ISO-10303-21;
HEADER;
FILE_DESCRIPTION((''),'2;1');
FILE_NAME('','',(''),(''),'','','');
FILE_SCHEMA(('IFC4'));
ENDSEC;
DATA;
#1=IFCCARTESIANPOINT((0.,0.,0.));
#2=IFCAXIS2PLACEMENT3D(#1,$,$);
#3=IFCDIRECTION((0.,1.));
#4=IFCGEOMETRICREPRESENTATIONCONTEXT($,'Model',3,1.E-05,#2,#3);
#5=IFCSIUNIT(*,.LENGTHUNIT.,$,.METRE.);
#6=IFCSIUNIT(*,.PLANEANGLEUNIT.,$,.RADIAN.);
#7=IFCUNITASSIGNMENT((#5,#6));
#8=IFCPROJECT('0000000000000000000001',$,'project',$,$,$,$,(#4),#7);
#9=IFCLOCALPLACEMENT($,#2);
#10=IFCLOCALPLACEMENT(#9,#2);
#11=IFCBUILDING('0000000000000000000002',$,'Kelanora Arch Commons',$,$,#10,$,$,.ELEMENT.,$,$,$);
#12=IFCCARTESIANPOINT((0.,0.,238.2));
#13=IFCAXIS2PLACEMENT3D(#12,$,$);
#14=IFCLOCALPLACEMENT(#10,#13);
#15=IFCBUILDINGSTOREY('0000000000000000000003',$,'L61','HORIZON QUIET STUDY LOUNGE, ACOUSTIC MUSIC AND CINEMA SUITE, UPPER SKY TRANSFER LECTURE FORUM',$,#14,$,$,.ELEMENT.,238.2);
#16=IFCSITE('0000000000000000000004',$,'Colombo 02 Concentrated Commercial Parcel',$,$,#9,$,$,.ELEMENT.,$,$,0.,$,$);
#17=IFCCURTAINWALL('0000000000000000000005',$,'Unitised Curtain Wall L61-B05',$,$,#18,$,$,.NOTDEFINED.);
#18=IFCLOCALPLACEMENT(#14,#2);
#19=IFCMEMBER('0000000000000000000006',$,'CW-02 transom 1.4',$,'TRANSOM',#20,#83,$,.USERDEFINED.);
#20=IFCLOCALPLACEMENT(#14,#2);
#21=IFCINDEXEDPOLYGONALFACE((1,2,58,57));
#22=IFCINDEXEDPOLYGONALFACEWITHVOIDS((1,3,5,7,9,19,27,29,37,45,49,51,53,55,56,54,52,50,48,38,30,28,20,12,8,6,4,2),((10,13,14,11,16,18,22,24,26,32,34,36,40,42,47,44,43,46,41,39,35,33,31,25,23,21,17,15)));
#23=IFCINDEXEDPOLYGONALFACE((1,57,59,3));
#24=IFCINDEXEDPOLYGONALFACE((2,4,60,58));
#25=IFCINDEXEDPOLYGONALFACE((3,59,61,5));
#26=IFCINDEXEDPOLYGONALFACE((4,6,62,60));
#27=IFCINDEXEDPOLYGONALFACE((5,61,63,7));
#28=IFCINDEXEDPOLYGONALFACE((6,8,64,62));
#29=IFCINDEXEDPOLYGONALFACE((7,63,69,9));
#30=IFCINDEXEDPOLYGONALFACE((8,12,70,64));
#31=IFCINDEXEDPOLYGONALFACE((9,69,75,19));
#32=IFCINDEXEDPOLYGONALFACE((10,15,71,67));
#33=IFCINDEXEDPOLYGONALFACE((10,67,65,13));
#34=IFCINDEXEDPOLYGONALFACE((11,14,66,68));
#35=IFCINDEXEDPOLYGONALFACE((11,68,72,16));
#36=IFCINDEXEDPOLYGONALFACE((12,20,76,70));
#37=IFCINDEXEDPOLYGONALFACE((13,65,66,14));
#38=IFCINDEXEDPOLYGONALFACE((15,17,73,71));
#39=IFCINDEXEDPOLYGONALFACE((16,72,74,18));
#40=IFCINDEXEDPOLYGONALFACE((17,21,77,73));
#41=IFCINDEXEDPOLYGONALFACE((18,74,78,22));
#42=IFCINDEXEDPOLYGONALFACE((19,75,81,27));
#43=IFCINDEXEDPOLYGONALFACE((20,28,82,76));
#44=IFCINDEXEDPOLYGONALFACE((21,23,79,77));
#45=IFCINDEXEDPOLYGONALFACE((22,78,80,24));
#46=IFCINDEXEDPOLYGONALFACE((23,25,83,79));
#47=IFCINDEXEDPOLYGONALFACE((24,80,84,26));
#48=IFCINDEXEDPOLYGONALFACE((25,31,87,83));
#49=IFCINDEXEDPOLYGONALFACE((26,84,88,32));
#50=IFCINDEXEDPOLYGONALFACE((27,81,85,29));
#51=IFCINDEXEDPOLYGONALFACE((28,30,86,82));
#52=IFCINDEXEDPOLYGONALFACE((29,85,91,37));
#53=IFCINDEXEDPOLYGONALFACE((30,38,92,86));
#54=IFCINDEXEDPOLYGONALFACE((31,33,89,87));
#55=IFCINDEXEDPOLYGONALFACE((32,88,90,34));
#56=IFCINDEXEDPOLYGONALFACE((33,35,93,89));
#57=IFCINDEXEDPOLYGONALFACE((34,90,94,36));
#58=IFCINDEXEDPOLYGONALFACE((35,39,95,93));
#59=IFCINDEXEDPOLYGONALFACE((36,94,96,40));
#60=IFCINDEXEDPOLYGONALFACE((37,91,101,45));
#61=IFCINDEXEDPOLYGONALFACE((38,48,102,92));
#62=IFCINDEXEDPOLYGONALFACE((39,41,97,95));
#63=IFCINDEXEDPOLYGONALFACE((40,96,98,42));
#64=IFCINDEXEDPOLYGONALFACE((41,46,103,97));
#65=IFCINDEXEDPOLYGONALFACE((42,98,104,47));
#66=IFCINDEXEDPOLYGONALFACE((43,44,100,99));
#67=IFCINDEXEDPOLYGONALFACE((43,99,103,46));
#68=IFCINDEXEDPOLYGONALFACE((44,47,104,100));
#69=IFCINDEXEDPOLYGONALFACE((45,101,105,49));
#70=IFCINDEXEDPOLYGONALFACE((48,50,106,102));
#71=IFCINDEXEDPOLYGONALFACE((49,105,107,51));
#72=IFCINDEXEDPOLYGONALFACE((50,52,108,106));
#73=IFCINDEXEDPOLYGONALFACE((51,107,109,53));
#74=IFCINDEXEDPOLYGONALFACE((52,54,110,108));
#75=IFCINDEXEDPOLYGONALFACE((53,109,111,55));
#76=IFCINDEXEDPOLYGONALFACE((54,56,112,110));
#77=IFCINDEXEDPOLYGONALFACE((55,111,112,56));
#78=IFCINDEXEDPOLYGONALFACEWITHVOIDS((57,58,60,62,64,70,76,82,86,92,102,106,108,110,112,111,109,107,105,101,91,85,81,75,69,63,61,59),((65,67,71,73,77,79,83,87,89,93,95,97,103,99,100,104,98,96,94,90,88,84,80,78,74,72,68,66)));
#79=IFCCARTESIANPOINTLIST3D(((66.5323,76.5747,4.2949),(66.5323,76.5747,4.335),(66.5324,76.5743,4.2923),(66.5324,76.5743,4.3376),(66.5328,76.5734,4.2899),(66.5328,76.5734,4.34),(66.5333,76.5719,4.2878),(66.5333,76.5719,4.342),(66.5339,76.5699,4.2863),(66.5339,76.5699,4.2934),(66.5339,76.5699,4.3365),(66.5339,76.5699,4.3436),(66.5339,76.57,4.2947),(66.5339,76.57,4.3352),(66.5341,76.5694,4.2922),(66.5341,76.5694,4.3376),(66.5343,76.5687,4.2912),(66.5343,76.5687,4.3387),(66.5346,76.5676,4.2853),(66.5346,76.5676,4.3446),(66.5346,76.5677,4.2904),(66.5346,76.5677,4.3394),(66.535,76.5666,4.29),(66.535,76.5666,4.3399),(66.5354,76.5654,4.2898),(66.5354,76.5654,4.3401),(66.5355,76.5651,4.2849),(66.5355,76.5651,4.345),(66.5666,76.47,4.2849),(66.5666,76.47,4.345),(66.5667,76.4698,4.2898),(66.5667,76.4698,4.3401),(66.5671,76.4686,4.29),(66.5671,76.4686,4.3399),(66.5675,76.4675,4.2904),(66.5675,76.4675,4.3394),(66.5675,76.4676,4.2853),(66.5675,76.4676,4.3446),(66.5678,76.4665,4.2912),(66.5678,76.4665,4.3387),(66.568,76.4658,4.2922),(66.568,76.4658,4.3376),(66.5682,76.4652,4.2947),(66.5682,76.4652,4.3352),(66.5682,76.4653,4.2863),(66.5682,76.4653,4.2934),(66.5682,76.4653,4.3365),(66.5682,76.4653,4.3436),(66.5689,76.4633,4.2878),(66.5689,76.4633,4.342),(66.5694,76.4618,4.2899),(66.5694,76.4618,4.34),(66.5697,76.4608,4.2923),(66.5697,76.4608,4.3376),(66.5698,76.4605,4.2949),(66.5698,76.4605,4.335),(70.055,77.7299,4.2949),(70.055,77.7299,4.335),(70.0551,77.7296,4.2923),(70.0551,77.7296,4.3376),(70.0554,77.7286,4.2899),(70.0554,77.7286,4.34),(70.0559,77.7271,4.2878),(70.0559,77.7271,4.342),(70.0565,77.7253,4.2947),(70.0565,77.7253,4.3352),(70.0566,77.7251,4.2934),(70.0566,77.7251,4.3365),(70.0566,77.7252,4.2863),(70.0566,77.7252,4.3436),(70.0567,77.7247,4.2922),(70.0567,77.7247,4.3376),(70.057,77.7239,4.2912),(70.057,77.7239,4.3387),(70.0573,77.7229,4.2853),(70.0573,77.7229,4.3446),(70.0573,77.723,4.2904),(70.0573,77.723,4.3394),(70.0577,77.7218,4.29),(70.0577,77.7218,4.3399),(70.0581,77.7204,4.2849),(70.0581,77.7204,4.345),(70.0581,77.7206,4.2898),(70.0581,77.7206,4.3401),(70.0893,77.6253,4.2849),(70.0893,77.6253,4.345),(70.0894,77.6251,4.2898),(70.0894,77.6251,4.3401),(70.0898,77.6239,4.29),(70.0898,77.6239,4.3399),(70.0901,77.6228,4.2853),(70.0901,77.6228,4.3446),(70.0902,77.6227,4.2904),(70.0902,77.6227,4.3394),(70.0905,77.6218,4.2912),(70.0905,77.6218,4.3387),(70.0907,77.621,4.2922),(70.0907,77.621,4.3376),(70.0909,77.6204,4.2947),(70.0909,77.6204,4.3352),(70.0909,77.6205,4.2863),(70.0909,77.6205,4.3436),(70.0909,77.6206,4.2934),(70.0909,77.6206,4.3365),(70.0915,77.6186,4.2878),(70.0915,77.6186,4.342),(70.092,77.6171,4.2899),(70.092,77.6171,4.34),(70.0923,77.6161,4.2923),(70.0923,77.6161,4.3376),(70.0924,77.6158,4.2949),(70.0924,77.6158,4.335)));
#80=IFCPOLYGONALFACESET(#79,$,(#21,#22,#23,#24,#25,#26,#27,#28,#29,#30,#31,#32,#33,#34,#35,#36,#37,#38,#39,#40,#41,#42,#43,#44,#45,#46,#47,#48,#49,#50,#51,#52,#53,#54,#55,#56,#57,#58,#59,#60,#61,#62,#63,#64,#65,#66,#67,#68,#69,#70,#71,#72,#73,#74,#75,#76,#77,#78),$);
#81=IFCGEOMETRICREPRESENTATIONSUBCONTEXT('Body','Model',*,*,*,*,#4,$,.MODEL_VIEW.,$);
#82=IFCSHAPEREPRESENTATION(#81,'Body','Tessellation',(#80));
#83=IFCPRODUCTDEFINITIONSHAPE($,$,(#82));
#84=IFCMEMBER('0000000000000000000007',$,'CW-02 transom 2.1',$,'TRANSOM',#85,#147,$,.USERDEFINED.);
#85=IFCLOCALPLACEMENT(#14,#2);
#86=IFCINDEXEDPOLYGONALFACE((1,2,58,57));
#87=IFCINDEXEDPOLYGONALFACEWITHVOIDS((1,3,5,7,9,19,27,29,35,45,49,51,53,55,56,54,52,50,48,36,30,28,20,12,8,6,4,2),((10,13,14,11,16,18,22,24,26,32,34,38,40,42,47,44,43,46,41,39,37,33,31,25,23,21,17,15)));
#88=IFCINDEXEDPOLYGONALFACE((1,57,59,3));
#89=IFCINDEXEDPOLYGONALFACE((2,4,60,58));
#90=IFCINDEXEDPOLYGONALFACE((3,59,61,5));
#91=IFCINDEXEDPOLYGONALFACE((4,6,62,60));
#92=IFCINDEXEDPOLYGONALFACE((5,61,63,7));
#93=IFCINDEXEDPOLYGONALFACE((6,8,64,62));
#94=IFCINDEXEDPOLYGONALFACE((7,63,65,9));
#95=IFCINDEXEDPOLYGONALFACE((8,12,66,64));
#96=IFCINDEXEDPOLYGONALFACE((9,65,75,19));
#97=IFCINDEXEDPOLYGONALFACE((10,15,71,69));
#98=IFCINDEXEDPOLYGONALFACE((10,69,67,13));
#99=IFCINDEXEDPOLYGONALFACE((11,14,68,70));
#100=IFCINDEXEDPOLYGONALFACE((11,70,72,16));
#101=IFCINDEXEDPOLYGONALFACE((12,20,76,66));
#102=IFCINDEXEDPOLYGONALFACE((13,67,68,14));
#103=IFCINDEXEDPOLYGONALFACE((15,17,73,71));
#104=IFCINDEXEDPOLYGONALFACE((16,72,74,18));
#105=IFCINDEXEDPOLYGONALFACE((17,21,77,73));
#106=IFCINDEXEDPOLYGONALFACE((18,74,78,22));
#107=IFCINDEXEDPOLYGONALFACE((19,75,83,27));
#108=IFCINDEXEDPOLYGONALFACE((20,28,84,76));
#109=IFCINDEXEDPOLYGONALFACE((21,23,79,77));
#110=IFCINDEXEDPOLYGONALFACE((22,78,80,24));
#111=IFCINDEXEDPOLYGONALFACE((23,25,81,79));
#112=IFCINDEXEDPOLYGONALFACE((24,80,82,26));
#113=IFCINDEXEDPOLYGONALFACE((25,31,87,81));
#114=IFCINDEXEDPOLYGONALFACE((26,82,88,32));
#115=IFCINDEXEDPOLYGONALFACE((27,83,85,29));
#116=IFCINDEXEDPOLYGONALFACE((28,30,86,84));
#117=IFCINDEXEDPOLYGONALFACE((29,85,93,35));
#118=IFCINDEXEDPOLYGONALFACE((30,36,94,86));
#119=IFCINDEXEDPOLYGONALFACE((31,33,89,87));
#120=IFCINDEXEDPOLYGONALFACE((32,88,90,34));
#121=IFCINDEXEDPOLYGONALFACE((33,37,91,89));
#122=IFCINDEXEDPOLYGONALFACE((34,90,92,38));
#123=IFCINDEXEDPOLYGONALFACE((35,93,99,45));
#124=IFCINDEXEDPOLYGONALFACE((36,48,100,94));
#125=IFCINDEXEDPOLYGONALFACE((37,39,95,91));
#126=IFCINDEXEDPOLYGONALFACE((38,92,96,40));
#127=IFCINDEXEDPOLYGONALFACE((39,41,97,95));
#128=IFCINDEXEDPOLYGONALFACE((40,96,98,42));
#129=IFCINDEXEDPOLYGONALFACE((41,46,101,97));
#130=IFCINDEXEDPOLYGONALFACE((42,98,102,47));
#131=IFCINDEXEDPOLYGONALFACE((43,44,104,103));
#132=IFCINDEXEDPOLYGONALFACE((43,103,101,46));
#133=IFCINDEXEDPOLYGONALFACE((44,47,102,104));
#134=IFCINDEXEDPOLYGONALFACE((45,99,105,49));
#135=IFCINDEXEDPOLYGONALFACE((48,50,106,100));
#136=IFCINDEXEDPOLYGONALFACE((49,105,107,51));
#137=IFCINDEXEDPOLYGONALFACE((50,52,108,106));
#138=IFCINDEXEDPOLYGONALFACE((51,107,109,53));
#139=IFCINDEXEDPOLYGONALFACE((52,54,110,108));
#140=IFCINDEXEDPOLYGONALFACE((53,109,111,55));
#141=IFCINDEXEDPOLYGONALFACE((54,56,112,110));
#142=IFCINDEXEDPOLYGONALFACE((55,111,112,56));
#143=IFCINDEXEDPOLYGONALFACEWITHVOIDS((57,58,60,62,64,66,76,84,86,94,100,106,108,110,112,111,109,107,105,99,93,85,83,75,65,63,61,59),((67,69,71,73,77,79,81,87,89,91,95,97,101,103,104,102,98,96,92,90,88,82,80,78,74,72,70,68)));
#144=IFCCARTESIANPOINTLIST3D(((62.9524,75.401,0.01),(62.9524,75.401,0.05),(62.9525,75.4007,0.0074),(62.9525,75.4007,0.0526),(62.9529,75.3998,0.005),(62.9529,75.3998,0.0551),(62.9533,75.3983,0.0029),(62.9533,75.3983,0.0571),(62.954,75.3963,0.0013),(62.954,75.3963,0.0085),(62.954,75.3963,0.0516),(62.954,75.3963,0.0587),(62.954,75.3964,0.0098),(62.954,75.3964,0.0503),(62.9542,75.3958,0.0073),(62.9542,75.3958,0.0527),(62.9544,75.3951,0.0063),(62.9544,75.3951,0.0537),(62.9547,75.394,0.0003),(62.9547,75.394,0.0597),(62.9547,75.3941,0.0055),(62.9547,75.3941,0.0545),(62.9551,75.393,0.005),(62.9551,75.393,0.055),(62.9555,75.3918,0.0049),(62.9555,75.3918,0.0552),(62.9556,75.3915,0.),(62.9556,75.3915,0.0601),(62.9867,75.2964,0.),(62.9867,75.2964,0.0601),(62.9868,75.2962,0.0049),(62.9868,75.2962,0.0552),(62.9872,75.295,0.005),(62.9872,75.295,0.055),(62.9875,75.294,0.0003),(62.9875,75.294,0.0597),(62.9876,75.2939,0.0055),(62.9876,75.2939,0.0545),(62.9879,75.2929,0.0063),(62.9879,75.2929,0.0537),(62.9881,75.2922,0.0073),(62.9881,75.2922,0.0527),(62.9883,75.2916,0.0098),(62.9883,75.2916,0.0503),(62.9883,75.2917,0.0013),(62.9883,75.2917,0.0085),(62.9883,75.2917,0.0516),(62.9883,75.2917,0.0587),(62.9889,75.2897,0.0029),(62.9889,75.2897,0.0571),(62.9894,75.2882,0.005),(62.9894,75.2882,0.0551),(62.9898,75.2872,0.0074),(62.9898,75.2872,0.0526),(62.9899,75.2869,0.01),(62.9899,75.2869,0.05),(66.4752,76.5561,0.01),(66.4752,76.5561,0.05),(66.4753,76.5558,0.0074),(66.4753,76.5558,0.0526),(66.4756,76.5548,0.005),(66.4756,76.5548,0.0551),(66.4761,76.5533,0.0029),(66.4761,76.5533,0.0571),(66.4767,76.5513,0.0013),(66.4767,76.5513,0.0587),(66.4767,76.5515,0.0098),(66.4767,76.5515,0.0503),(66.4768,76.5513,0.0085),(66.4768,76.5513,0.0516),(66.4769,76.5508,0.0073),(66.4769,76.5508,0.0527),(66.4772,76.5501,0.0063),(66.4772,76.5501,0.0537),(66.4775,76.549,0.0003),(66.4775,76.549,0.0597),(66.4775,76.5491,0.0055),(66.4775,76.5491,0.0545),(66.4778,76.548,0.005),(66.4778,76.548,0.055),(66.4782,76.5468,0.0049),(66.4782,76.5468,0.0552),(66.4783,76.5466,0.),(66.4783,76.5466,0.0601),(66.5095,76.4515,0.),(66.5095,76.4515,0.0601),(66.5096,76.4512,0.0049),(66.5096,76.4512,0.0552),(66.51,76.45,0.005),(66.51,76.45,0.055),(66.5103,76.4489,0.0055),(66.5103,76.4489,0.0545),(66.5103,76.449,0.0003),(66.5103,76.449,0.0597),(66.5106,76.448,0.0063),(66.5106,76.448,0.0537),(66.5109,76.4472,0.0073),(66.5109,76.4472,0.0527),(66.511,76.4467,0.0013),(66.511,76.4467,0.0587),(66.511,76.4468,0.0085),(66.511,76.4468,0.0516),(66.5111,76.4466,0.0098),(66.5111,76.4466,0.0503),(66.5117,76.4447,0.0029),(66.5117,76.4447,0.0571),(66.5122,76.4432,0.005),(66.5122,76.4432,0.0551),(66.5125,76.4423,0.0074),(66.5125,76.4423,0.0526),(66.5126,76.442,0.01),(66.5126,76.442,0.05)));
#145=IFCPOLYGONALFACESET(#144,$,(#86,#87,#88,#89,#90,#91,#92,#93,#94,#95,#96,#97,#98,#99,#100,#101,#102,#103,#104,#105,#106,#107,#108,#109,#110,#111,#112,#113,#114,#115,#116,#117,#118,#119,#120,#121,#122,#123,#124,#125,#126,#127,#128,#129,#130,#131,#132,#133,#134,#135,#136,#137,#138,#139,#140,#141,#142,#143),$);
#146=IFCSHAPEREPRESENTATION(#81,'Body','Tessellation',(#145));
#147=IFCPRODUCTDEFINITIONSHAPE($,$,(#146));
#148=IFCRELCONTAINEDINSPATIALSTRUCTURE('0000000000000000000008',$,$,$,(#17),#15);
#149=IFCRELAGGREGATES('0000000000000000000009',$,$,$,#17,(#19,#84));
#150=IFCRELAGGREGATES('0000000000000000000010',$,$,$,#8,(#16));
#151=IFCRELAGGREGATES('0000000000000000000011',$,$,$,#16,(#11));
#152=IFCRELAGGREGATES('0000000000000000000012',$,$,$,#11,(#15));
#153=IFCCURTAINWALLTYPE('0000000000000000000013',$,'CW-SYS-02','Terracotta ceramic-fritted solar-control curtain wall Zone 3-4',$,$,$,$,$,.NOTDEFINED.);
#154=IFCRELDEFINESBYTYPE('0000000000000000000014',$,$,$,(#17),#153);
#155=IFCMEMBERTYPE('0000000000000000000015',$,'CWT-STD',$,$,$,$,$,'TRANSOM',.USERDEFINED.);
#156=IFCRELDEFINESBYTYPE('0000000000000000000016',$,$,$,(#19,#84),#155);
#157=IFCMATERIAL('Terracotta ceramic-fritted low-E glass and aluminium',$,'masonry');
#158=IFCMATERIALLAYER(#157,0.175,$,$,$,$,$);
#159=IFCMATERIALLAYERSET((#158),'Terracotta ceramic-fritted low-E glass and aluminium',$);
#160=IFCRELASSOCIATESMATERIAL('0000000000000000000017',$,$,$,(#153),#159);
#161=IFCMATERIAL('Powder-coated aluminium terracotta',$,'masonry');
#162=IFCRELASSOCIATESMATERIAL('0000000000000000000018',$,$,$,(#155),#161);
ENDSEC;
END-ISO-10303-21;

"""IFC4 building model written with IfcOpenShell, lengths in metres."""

from ifc_helpers import new_model, si_unit, direction, frame, origin, origin_2d, place, context, subcontext, project, spatial, hollow_rectangle, extrude, material, layer, layer_set, material_profile, profile_set, type_object, element, aggregate, save


model = new_model("IFC4")

# Units and contexts
model_context = context("Model", 3, precision=1e-05, world=origin(), true_north=direction((0.0, 1.0)))
body_context = subcontext(model_context, "Body", "Model", "MODEL_VIEW")
ifc_project = project(units=[si_unit("LENGTHUNIT", "METRE"), si_unit("PLANEANGLEUNIT", "RADIAN")], contexts=[model_context])

# Site, building, storey
site_placement = place(None, origin())
site = spatial("IfcSite", under=ifc_project, at=site_placement, Name="Colombo 02 Concentrated Commercial Parcel", CompositionType="ELEMENT", RefElevation=0.0)
building_placement = place(site_placement, origin())
building = spatial("IfcBuilding", under=site, at=building_placement, Name="Kelanora Arch Commons", CompositionType="ELEMENT")
storey_placement = place(building_placement, frame((0.0, 0.0, 238.2)))
storey = spatial("IfcBuildingStorey", under=building, at=storey_placement, Name="L61", Description="HORIZON QUIET STUDY LOUNGE, ACOUSTIC MUSIC AND CINEMA SUITE, UPPER SKY TRANSFER LECTURE FORUM", CompositionType="ELEMENT", Elevation=238.2)

# Curtain wall, members
ifc_material_1 = material(Name="Terracotta ceramic-fritted low-E glass and aluminium", Category="masonry")
ifc_layer_1 = layer(ifc_material_1, 0.175)
ifc_layer_set_1 = layer_set([ifc_layer_1], Name="Terracotta ceramic-fritted low-E glass and aluminium")
curtain_wall_type = type_object("IfcCurtainWallType", Name="CW-SYS-02", Description="Terracotta ceramic-fritted solar-control curtain wall Zone 3-4", PredefinedType="NOTDEFINED", material=ifc_layer_set_1)
curtain_wall_placement = place(storey_placement, origin())
curtain_wall = element("IfcCurtainWall", 1, at=curtain_wall_placement, inside=storey, type_object=curtain_wall_type, Name="Unitised Curtain Wall L61-B05", PredefinedType="NOTDEFINED")
ifc_material_2 = material(Name="Powder-coated aluminium terracotta", Category="masonry")
ifc_material_profile_1 = material_profile(ifc_material_2, hollow_rectangle(XDim=0.1201, YDim=0.0601, WallThickness=0.0049, InnerFilletRadius=0.0049, OuterFilletRadius=0.01, at=origin_2d()), Name="CWT120x60")
ifc_profile_set_1 = profile_set([ifc_material_profile_1], Name="Powder-coated aluminium terracotta")
member_type_1 = type_object("IfcMemberType", Name="CWT-STD", ElementType="TRANSOM", PredefinedType="USERDEFINED", material=ifc_profile_set_1)
member_1_placement = place(storey_placement, frame((70.0737, 77.6729, 4.3149), z_axis=(-0.950207, -0.311621, 0.0), x_axis=(0.311621, -0.950207, 0.0)))
member_1 = element("IfcMember", 2, at=member_1_placement, type_object=member_type_1, Name="CW-02 transom 1.4", ObjectType="TRANSOM", PredefinedType="USERDEFINED", context=body_context, shape_type="SweptSolid", body=[
    extrude(hollow_rectangle(XDim=0.1201, YDim=0.0601, WallThickness=0.0049, InnerFilletRadius=0.0049, OuterFilletRadius=0.01, at=origin_2d()), origin(), (0.0, 0.0, 1.0), 3.7073),
])
member_2_placement = place(storey_placement, frame((66.4939, 76.499, 0.03), z_axis=(-0.950226, -0.311561, 0.0), x_axis=(0.311561, -0.950226, 0.0)))
member_2 = element("IfcMember", 3, at=member_2_placement, type_object=member_type_1, Name="CW-02 transom 2.1", ObjectType="TRANSOM", PredefinedType="USERDEFINED", context=body_context, shape_type="SweptSolid", body=[
    extrude(hollow_rectangle(XDim=0.1201, YDim=0.0601, WallThickness=0.0049, InnerFilletRadius=0.0049, OuterFilletRadius=0.01, at=origin_2d()), origin(), (0.0, 0.0, 1.0), 3.7073),
])
aggregate(curtain_wall, [member_1, member_2])

save(model, "model.ifc")
